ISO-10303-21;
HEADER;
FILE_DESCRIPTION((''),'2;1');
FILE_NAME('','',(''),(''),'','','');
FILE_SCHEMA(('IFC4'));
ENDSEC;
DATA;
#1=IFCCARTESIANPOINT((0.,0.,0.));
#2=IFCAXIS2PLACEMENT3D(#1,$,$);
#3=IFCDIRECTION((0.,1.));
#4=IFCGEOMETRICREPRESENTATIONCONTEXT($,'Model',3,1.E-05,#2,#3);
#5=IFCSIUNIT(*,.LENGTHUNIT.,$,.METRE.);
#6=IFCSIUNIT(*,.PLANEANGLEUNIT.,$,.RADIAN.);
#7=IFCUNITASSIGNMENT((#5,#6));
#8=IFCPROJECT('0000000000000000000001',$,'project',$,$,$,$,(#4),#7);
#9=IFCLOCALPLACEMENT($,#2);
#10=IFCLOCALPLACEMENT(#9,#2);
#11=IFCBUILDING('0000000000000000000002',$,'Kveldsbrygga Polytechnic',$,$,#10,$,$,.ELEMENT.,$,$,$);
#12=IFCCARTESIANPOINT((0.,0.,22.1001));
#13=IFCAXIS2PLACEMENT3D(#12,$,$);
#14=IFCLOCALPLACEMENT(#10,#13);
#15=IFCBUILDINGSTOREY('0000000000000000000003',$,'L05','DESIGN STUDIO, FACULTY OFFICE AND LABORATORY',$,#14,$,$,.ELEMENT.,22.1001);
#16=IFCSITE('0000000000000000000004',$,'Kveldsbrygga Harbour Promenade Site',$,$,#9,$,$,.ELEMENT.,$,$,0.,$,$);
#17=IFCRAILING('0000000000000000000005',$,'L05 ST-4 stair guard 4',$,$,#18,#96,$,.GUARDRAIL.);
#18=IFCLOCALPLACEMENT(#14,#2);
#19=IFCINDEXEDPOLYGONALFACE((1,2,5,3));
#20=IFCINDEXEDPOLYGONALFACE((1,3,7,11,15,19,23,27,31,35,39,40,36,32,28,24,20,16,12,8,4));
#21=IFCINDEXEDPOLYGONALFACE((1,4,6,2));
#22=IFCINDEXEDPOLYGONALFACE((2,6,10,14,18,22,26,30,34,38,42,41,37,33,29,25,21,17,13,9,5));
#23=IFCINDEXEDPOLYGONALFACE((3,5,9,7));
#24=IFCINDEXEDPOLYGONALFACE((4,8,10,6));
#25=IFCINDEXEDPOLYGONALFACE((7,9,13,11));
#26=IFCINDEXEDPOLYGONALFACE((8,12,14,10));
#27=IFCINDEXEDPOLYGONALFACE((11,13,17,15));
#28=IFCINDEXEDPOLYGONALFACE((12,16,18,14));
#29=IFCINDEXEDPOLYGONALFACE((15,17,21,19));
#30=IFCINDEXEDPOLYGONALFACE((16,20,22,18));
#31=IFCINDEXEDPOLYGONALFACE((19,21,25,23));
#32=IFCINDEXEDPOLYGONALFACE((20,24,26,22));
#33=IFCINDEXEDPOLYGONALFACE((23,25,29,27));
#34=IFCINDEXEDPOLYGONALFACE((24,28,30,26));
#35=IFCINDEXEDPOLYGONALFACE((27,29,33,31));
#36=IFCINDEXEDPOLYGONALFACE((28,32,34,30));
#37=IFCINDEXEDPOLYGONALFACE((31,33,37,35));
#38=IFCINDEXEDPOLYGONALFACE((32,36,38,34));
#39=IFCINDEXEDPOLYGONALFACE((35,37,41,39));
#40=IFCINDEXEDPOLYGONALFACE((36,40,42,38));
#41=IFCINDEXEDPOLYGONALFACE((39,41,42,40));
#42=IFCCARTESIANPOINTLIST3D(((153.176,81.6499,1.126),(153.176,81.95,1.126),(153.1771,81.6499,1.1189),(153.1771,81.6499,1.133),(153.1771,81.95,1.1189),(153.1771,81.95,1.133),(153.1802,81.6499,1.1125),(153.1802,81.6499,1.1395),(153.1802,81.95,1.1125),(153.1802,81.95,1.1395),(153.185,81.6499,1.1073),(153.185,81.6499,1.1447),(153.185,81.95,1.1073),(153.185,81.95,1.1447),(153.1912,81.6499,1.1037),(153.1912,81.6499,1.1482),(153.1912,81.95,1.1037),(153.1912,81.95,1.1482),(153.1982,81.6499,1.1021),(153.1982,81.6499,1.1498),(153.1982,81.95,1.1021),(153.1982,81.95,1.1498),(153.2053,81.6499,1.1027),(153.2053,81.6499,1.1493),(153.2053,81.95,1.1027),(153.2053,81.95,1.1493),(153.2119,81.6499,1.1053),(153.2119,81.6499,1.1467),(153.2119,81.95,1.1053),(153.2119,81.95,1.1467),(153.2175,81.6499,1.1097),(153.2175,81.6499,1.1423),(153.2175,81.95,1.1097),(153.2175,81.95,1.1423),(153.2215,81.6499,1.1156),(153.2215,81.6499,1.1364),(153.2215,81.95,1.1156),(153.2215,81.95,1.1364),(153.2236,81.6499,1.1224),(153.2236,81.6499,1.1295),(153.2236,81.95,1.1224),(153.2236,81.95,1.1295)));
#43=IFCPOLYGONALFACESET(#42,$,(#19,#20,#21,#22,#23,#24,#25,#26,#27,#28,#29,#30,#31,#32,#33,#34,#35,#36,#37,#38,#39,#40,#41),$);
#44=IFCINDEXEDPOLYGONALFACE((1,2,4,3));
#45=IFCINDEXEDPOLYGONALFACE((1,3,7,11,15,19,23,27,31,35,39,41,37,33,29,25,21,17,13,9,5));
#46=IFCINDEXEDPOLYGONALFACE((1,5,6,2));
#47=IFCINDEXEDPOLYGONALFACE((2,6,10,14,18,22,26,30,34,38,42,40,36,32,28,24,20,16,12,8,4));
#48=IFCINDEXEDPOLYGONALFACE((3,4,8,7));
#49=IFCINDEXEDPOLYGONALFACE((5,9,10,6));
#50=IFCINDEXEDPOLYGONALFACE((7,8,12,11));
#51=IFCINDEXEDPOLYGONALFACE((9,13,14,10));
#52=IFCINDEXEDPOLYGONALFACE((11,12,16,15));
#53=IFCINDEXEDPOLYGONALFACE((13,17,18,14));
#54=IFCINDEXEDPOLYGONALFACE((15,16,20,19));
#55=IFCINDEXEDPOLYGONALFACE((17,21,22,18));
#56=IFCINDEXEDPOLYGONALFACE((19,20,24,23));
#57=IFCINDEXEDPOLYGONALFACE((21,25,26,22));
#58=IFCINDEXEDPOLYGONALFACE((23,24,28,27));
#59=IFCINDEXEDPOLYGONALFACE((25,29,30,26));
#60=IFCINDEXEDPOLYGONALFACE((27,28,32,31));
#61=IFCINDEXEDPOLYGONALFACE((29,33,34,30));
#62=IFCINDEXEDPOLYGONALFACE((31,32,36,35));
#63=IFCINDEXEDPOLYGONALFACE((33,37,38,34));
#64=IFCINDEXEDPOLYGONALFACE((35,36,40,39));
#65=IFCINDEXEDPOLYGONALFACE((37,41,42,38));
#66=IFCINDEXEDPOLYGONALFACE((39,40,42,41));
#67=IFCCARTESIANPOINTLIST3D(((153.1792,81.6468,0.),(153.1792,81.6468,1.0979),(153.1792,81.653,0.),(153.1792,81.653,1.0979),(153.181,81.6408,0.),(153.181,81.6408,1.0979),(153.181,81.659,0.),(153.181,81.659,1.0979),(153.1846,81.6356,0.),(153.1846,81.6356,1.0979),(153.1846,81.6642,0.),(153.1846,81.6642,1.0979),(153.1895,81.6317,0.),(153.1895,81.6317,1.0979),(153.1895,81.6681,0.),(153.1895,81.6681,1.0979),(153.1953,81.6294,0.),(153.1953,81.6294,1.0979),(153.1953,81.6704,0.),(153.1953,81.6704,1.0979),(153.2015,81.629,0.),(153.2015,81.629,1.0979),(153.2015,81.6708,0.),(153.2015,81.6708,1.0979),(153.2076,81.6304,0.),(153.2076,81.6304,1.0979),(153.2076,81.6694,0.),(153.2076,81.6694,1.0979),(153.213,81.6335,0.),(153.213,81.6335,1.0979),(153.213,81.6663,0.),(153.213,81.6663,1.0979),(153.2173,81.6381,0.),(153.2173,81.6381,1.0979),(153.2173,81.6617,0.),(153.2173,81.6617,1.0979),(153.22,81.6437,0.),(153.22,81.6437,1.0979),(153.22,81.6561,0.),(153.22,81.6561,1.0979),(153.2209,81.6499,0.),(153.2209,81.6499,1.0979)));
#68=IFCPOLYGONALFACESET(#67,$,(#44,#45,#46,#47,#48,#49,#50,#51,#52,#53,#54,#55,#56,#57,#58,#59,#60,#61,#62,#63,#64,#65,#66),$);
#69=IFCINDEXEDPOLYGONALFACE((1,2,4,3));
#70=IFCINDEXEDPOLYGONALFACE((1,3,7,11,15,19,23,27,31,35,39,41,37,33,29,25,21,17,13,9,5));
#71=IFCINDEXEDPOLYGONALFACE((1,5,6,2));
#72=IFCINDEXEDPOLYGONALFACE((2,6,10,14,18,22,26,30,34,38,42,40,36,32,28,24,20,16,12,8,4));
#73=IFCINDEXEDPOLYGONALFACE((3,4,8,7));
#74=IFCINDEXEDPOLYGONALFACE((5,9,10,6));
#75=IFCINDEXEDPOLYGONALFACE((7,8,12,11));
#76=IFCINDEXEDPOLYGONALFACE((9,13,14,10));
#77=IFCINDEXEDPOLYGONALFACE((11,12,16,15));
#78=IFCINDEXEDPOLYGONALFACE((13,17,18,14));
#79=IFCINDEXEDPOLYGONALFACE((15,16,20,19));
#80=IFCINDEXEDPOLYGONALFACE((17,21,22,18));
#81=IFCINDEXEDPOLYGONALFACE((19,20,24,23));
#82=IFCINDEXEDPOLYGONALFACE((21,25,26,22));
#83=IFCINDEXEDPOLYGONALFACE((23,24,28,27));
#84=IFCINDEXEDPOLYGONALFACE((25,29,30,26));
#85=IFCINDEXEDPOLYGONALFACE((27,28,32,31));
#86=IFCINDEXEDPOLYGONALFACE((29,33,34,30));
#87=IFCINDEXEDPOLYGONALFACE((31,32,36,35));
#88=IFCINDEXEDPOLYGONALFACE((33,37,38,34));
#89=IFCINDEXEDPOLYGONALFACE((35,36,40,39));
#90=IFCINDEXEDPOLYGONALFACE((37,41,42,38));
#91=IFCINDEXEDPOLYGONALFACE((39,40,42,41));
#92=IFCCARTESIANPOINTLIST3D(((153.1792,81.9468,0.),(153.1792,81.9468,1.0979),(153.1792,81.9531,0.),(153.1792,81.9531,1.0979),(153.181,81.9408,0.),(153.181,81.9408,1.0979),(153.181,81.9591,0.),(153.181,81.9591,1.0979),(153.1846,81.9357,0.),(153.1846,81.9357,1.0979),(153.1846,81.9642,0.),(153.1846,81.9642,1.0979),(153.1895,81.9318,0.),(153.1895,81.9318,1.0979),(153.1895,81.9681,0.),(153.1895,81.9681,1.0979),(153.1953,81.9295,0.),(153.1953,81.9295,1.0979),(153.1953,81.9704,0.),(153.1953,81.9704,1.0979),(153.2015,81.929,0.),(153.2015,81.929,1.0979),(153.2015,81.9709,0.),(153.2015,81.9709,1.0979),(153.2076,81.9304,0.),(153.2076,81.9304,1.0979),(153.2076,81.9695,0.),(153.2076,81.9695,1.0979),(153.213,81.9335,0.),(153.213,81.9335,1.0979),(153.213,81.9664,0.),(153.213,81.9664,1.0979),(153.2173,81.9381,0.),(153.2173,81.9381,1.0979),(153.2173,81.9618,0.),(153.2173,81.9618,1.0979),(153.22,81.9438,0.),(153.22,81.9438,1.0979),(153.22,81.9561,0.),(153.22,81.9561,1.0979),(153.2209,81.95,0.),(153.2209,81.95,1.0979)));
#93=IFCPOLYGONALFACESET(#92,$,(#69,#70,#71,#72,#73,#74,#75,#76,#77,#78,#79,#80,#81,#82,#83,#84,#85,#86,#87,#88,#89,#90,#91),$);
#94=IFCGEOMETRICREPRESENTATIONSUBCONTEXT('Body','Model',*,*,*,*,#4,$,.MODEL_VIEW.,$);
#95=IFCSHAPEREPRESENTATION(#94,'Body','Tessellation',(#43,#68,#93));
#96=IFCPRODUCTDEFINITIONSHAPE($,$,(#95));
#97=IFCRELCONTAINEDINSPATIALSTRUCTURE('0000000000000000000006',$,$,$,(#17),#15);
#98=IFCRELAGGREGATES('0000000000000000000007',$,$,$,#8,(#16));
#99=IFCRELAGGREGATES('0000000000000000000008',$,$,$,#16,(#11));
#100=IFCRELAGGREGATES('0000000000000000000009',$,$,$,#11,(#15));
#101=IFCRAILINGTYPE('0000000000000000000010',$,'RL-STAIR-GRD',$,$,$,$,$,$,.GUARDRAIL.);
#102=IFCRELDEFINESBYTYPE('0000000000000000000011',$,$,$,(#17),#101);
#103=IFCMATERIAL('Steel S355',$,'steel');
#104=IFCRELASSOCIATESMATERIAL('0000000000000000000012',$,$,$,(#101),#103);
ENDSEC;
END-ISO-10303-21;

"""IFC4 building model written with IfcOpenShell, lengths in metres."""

from ifc_helpers import new_model, si_unit, direction, frame, origin, origin_2d, place, context, subcontext, project, spatial, circle, extrude, material, type_object, element, save


model = new_model("IFC4")

# Units and contexts
model_context = context("Model", 3, precision=1e-05, world=origin(), true_north=direction((0.0, 1.0)))
body_context = subcontext(model_context, "Body", "Model", "MODEL_VIEW")
ifc_project = project(units=[si_unit("LENGTHUNIT", "METRE"), si_unit("PLANEANGLEUNIT", "RADIAN")], contexts=[model_context])

# Site, building, storey
site_placement = place(None, origin())
site = spatial("IfcSite", under=ifc_project, at=site_placement, Name="Kveldsbrygga Harbour Promenade Site", CompositionType="ELEMENT", RefElevation=0.0)
building_placement = place(site_placement, origin())
building = spatial("IfcBuilding", under=site, at=building_placement, Name="Kveldsbrygga Polytechnic", CompositionType="ELEMENT")
storey_placement = place(building_placement, frame((0.0, 0.0, 22.1001)))
storey = spatial("IfcBuildingStorey", under=building, at=storey_placement, Name="L05", Description="DESIGN STUDIO, FACULTY OFFICE AND LABORATORY", CompositionType="ELEMENT", Elevation=22.1001)

# Shared definitions
ifc_material_1 = material(Name="Steel S355", Category="steel")

# Railing
railing_type_1 = type_object("IfcRailingType", Name="RL-STAIR-GRD", PredefinedType="GUARDRAIL", material=ifc_material_1)
railing_1_placement = place(storey_placement, frame((153.2, 81.6499, 0.0)))
element("IfcRailing", 1, at=railing_1_placement, inside=storey, type_object=railing_type_1, Name="L05 ST-4 stair guard 4", PredefinedType="GUARDRAIL", context=body_context, shape_type="SweptSolid", body=[
    extrude(circle(Radius=0.0239, at=origin_2d()), frame((0.0, 0.0, 1.126), z_axis=(0.0, 1.0, 0.0), x_axis=(-1.0, 0.0, 0.0)), (0.0, 0.0, 1.0), 0.3),
    extrude(circle(Radius=0.021, at=origin_2d()), origin(), (0.0, 0.0, 1.0), 1.0979),
    extrude(circle(Radius=0.021, at=origin_2d()), frame((0.0, 0.3, 0.0)), (0.0, 0.0, 1.0), 1.0979),
])

save(model, "model.ifc")
